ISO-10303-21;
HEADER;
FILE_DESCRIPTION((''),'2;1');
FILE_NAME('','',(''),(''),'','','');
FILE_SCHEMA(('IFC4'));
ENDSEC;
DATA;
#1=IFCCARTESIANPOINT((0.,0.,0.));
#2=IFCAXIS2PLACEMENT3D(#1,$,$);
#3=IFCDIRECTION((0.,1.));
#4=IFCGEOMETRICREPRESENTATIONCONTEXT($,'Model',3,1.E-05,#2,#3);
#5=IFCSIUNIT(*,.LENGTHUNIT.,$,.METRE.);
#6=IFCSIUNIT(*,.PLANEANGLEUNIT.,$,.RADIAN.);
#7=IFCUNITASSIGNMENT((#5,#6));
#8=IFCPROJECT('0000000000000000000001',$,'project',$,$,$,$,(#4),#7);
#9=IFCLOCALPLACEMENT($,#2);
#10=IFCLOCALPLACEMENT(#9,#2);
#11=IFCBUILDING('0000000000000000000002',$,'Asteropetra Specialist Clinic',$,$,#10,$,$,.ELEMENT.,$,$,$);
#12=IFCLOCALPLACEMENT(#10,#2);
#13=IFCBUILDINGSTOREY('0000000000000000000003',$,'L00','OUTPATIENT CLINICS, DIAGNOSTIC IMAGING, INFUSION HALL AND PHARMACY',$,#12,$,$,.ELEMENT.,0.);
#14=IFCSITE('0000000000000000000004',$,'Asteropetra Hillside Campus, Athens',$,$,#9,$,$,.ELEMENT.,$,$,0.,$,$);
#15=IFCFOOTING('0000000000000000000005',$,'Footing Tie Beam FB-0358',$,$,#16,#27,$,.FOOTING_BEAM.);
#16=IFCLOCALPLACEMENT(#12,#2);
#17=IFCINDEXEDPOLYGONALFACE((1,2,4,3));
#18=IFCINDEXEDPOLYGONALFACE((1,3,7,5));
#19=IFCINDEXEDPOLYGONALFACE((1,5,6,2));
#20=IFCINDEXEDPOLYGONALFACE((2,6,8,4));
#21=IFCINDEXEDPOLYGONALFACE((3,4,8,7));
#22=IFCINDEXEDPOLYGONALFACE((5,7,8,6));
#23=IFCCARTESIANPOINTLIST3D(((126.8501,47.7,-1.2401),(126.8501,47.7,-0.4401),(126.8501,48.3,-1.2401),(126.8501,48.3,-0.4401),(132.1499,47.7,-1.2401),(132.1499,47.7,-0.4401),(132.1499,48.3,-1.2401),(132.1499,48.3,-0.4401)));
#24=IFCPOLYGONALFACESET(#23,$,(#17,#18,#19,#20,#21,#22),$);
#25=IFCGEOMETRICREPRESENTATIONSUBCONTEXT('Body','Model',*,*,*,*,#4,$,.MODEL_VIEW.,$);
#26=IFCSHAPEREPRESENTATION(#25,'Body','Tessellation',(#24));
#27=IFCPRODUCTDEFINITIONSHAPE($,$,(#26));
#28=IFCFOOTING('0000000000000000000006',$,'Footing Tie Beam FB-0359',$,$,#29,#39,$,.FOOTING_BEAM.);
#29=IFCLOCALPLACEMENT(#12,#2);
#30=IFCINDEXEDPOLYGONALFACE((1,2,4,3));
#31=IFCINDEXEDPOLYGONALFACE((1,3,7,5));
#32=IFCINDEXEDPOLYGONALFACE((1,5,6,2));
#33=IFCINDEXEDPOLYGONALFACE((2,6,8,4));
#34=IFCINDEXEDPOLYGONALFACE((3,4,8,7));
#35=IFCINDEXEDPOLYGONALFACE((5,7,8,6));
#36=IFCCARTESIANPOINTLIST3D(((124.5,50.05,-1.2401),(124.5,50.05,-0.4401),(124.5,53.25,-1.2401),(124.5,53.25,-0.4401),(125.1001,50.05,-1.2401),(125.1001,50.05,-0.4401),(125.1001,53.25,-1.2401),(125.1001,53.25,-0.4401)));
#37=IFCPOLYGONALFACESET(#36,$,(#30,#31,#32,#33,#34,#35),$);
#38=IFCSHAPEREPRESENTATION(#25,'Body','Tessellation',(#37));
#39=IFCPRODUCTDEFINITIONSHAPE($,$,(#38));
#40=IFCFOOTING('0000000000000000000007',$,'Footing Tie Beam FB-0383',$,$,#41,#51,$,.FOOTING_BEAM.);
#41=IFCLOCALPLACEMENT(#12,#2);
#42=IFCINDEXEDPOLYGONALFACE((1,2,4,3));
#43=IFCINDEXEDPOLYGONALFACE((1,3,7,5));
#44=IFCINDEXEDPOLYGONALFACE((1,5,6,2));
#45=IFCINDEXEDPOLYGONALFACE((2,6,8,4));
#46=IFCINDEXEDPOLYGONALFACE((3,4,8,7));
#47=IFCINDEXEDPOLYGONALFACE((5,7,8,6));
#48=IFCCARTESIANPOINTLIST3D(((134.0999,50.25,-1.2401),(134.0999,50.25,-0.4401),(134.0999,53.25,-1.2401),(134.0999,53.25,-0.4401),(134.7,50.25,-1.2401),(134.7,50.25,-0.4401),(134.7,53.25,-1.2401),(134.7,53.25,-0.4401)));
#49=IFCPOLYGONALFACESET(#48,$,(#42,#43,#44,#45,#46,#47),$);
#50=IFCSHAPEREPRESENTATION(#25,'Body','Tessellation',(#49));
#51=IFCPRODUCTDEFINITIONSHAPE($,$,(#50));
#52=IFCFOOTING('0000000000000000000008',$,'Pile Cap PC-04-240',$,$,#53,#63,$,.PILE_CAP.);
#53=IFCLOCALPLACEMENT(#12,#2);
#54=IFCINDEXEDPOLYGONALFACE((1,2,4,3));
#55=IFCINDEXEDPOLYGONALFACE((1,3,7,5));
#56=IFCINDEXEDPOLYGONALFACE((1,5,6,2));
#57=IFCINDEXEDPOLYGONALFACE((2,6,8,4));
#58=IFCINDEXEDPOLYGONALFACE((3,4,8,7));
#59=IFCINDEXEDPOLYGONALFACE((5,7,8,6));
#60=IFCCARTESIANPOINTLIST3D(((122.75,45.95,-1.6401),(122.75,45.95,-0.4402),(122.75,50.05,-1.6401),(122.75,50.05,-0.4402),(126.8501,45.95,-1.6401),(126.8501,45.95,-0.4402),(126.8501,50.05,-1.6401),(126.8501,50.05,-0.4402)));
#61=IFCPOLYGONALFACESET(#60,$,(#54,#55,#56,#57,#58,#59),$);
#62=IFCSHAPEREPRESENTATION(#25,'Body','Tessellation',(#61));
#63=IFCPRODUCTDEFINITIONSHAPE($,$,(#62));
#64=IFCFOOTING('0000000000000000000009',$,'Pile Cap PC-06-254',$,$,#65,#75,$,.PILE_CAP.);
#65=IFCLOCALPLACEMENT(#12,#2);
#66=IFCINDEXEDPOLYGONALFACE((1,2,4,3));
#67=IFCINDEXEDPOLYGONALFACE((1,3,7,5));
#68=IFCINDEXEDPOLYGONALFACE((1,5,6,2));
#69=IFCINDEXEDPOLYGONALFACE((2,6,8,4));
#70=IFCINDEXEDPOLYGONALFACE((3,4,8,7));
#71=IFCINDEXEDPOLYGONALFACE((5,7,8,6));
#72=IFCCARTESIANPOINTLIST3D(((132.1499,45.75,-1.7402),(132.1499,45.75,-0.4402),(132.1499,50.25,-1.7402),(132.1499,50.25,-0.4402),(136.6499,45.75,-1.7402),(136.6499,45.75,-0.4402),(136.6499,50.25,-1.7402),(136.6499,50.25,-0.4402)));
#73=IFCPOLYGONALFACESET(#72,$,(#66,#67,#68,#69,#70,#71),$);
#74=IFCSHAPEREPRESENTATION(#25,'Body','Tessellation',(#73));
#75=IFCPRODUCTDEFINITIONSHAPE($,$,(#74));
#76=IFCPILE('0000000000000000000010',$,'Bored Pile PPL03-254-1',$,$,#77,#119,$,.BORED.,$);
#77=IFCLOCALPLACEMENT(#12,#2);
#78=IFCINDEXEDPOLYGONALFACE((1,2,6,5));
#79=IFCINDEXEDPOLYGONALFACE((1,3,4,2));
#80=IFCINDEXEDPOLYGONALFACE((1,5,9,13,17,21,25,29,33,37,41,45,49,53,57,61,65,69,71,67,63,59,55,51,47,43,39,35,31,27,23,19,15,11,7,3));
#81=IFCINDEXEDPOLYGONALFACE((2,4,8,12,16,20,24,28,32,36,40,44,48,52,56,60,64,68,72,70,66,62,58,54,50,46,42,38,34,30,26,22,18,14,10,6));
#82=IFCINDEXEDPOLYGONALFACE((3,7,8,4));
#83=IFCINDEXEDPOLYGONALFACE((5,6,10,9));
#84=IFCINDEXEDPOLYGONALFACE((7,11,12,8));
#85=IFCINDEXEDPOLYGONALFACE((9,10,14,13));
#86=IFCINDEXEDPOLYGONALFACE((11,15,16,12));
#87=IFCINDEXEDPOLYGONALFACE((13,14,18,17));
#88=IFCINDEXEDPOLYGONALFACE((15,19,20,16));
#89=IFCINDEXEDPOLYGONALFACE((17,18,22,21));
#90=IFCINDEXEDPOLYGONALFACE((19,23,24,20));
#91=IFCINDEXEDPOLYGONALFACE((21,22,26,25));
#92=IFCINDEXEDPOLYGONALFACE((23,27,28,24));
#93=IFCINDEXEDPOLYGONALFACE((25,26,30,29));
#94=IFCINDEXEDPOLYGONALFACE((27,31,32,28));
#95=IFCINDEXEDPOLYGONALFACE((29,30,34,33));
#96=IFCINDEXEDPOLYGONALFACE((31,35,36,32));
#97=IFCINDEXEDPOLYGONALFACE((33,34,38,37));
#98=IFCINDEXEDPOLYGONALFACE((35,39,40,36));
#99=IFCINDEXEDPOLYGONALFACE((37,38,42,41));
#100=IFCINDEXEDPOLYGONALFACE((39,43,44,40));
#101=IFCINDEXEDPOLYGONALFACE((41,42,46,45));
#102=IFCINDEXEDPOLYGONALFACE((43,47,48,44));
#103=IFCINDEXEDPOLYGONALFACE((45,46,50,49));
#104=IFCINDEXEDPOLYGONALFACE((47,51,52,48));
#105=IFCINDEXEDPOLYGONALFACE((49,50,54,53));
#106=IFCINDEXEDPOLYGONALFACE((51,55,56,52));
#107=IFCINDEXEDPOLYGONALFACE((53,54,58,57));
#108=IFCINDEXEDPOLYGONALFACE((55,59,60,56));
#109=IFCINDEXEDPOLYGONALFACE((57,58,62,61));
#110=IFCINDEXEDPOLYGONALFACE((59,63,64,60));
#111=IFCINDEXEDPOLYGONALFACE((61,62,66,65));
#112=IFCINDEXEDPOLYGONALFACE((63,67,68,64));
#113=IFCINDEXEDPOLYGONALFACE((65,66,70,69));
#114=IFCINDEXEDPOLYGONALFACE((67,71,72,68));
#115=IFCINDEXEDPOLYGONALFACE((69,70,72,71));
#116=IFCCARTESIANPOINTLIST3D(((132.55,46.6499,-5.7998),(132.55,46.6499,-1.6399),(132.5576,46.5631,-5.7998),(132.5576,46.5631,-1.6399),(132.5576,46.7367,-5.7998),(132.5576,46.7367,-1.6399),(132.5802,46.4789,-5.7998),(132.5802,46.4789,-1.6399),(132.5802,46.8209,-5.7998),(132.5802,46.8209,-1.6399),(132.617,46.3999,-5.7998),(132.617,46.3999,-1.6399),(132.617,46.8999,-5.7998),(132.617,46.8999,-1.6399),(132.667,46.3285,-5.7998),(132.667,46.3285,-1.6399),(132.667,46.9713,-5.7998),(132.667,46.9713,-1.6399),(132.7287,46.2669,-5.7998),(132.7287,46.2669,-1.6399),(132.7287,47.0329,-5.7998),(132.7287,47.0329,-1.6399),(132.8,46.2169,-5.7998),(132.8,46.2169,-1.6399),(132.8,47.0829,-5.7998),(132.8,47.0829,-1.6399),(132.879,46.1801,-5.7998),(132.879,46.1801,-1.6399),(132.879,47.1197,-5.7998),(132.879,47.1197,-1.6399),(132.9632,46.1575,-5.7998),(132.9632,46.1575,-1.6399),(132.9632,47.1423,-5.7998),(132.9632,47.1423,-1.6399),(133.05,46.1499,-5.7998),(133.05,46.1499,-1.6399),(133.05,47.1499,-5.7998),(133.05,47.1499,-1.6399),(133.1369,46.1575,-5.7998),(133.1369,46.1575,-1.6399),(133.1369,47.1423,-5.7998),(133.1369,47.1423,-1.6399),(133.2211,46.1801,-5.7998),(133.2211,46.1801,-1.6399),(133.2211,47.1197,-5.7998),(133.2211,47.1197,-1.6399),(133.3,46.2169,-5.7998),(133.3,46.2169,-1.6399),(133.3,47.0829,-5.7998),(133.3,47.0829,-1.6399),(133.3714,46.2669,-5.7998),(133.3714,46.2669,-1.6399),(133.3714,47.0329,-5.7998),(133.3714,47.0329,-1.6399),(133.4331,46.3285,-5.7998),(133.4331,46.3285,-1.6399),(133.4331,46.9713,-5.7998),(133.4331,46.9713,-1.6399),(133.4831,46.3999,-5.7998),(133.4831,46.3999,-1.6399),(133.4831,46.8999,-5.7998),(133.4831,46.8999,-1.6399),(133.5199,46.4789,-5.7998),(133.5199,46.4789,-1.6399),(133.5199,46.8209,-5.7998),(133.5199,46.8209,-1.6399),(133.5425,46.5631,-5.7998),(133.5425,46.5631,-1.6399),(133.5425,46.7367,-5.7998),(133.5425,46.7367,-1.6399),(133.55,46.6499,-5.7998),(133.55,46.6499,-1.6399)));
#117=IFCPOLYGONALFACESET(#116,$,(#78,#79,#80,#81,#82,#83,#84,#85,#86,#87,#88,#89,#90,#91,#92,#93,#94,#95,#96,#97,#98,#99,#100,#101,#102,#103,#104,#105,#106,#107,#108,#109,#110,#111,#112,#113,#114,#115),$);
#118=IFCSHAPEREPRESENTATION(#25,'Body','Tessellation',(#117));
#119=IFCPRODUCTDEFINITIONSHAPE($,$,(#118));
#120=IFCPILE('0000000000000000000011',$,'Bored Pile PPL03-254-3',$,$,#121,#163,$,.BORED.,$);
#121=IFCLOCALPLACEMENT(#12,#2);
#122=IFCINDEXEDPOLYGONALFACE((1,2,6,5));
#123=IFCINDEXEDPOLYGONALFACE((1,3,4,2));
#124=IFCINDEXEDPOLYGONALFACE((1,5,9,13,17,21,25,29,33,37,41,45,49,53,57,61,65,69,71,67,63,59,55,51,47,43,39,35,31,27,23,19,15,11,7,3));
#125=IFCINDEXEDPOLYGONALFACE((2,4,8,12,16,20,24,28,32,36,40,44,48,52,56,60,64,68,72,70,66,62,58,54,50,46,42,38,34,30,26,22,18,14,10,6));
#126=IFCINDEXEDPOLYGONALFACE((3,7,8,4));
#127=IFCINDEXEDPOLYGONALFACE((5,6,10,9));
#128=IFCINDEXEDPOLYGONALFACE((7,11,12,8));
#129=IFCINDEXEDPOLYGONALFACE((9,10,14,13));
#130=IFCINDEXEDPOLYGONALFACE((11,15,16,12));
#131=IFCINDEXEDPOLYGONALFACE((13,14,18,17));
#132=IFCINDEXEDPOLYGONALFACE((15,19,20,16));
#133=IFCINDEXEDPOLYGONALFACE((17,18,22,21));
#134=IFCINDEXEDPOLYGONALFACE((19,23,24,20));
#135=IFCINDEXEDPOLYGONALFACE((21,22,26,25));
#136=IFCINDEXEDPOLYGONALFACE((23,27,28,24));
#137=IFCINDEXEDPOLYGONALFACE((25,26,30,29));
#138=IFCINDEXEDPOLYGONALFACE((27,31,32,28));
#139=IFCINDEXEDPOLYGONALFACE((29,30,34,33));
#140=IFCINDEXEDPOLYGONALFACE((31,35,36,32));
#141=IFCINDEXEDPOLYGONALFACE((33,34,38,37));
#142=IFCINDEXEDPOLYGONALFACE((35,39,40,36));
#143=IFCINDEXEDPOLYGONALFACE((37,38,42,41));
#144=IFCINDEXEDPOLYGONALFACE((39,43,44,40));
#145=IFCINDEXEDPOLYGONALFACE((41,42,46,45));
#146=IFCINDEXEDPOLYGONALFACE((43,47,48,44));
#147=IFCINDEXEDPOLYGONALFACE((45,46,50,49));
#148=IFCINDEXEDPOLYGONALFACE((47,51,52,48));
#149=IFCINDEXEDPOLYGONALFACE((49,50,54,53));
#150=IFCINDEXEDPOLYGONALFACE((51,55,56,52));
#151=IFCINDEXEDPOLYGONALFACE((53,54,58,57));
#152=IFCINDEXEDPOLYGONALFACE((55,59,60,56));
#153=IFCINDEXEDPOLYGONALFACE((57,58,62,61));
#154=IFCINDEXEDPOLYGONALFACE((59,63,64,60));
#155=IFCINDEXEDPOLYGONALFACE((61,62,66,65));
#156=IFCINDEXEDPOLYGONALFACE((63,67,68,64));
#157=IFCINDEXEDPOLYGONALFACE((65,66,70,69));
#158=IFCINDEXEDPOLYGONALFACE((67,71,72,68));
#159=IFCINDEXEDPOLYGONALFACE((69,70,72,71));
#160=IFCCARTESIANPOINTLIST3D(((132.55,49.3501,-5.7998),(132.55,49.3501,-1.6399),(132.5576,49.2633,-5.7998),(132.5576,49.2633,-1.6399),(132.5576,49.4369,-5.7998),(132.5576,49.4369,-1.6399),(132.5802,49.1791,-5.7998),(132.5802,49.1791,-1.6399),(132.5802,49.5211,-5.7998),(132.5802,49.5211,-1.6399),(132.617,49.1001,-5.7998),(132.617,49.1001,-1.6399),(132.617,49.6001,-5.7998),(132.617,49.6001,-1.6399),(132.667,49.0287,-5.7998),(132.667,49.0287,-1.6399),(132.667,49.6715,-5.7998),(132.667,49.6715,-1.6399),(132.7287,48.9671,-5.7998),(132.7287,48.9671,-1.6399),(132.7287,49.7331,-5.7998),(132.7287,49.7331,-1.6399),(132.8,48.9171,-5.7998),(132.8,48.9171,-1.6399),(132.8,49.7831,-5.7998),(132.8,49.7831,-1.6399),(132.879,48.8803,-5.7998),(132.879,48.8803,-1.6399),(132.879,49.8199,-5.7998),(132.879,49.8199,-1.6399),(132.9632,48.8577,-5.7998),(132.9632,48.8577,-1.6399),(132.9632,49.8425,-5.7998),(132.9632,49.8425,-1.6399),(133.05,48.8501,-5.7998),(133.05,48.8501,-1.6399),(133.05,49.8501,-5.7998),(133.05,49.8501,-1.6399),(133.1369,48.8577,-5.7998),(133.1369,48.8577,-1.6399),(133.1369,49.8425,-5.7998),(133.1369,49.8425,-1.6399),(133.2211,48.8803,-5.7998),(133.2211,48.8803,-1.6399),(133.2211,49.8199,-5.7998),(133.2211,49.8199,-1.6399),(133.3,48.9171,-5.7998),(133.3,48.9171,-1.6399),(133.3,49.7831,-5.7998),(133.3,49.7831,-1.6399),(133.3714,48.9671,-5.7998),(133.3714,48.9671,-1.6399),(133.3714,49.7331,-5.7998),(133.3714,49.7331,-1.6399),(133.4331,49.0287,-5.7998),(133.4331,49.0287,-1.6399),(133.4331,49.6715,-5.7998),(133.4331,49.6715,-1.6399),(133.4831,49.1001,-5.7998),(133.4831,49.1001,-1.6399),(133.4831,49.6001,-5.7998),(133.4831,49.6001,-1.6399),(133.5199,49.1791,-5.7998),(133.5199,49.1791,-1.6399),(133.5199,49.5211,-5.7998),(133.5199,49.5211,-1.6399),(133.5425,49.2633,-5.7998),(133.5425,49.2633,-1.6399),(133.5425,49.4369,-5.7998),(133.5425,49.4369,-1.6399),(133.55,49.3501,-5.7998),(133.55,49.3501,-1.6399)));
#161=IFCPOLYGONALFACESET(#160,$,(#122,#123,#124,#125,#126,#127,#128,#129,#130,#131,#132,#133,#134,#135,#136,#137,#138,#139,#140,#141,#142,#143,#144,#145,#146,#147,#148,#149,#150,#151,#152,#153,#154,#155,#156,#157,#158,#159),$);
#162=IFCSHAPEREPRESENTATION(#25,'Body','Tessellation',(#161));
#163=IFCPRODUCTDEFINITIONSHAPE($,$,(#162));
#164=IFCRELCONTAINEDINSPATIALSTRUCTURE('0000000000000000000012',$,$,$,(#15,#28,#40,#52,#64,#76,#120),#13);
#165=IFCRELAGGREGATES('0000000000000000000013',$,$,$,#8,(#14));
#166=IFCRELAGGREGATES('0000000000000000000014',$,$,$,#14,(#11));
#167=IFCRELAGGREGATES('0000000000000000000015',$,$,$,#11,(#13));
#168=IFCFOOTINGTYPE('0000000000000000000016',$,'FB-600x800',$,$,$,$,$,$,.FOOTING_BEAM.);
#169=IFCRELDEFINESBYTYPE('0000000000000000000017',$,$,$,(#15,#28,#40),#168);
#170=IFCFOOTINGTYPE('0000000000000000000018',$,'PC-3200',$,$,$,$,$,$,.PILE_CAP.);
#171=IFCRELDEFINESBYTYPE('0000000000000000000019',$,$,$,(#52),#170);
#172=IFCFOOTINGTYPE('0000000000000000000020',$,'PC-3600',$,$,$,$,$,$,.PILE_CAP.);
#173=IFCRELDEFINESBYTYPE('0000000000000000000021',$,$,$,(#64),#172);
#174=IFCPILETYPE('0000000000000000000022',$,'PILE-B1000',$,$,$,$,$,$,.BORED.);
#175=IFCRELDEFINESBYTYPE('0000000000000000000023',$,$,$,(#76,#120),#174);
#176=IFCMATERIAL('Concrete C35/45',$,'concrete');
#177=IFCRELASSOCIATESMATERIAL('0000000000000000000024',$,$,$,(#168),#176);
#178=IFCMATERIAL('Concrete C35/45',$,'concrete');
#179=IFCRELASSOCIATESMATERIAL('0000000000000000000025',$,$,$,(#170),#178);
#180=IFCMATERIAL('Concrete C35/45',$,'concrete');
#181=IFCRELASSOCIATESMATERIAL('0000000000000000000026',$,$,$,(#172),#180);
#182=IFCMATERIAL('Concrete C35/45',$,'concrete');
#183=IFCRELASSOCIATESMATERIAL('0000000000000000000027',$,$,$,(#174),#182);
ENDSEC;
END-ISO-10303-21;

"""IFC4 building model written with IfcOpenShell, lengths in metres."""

from ifc_helpers import new_model, si_unit, direction, frame, origin, origin_2d, place, context, subcontext, project, spatial, rectangle, circle, extrude, material, material_profile, profile_set, type_object, element, save


model = new_model("IFC4")

# Units and contexts
model_context = context("Model", 3, precision=1e-05, world=origin(), true_north=direction((0.0, 1.0)))
body_context = subcontext(model_context, "Body", "Model", "MODEL_VIEW")
ifc_project = project(units=[si_unit("LENGTHUNIT", "METRE"), si_unit("PLANEANGLEUNIT", "RADIAN")], contexts=[model_context])

# Site, building, storey
site_placement = place(None, origin())
site = spatial("IfcSite", under=ifc_project, at=site_placement, Name="Asteropetra Hillside Campus, Athens", CompositionType="ELEMENT", RefElevation=0.0)
building_placement = place(site_placement, origin())
building = spatial("IfcBuilding", under=site, at=building_placement, Name="Asteropetra Specialist Clinic", CompositionType="ELEMENT")
storey_placement = place(building_placement, origin())
storey = spatial("IfcBuildingStorey", under=building, at=storey_placement, Name="L00", Description="OUTPATIENT CLINICS, DIAGNOSTIC IMAGING, INFUSION HALL AND PHARMACY", CompositionType="ELEMENT", Elevation=0.0)

# Footings
ifc_material_1 = material(Name="Concrete C35/45", Category="concrete")
ifc_material_profile_1 = material_profile(ifc_material_1, rectangle(XDim=0.6001, YDim=0.8, at=origin_2d()), Name="FB 600x800")
ifc_profile_set_1 = profile_set([ifc_material_profile_1], Name="Concrete C35/45")
footing_type_1 = type_object("IfcFootingType", Name="FB-600x800", PredefinedType="FOOTING_BEAM", material=ifc_profile_set_1)
footing_1_placement = place(storey_placement, frame((126.8501, 48.0, -0.8401), z_axis=(1.0, 0.0, 0.0), x_axis=(0.0, 1.0, 0.0)))
element("IfcFooting", 1, at=footing_1_placement, inside=storey, type_object=footing_type_1, Name="Footing Tie Beam FB-0358", PredefinedType="FOOTING_BEAM", context=body_context, shape_type="SweptSolid", body=[
    extrude(rectangle(XDim=0.6001, YDim=0.8, at=origin_2d()), origin(), (0.0, 0.0, 1.0), 5.2998),
])
footing_2_placement = place(storey_placement, frame((124.8, 50.05, -0.8401), z_axis=(0.0, 1.0, 0.0), x_axis=(-1.0, 0.0, 0.0)))
element("IfcFooting", 2, at=footing_2_placement, inside=storey, type_object=footing_type_1, Name="Footing Tie Beam FB-0359", PredefinedType="FOOTING_BEAM", context=body_context, shape_type="SweptSolid", body=[
    extrude(rectangle(XDim=0.6001, YDim=0.8, at=origin_2d()), origin(), (0.0, 0.0, 1.0), 3.2),
])
footing_3_placement = place(storey_placement, frame((134.3999, 50.25, -0.8401), z_axis=(0.0, 1.0, 0.0), x_axis=(-1.0, 0.0, 0.0)))
element("IfcFooting", 3, at=footing_3_placement, inside=storey, type_object=footing_type_1, Name="Footing Tie Beam FB-0383", PredefinedType="FOOTING_BEAM", context=body_context, shape_type="SweptSolid", body=[
    extrude(rectangle(XDim=0.6001, YDim=0.8, at=origin_2d()), origin(), (0.0, 0.0, 1.0), 3.0),
])
ifc_material_2 = material(Name="Concrete C35/45", Category="concrete")
footing_type_2 = type_object("IfcFootingType", Name="PC-3200", PredefinedType="PILE_CAP", material=ifc_material_2)
footing_4_placement = place(storey_placement, frame((124.8, 48.0, -1.6401), z_axis=(0.0, 0.0, 1.0), x_axis=(1.0, 0.0, 0.0)))
element("IfcFooting", 4, at=footing_4_placement, inside=storey, type_object=footing_type_2, Name="Pile Cap PC-04-240", PredefinedType="PILE_CAP", context=body_context, shape_type="SweptSolid", body=[
    extrude(rectangle(XDim=4.1001, YDim=4.1001, at=origin_2d()), origin(), (0.0, 0.0, 1.0), 1.2),
])
ifc_material_3 = material(Name="Concrete C35/45", Category="concrete")
footing_type_3 = type_object("IfcFootingType", Name="PC-3600", PredefinedType="PILE_CAP", material=ifc_material_3)
footing_5_placement = place(storey_placement, frame((134.3999, 48.0, -1.7402), z_axis=(0.0, 0.0, 1.0), x_axis=(1.0, 0.0, 0.0)))
element("IfcFooting", 5, at=footing_5_placement, inside=storey, type_object=footing_type_3, Name="Pile Cap PC-06-254", PredefinedType="PILE_CAP", context=body_context, shape_type="SweptSolid", body=[
    extrude(rectangle(XDim=4.5, YDim=4.5, at=origin_2d()), origin(), (0.0, 0.0, 1.0), 1.3),
])

# Piles
ifc_material_4 = material(Name="Concrete C35/45", Category="concrete")
ifc_material_profile_2 = material_profile(ifc_material_4, circle(Radius=0.5, at=origin_2d()), Name="PILE D1000")
ifc_profile_set_2 = profile_set([ifc_material_profile_2], Name="Concrete C35/45")
pile_type_1 = type_object("IfcPileType", Name="PILE-B1000", PredefinedType="BORED", material=ifc_profile_set_2)
for number, where, z_axis, x_axis, name in (
    (6, (133.05, 46.6499, -1.6399), (0.0, 0.0, -1.0), (1.0, 0.0, 0.0), "Bored Pile PPL03-254-1"),
    (7, (133.05, 49.3501, -1.6399), (0.0, 0.0, -1.0), (1.0, 0.0, 0.0), "Bored Pile PPL03-254-3"),
):
    element("IfcPile", number, at=place(storey_placement, frame(where, z_axis=z_axis, x_axis=x_axis)), inside=storey, type_object=pile_type_1, Name=name, PredefinedType="BORED", context=body_context, shape_type="SweptSolid", body=[
        extrude(circle(Radius=0.5, at=origin_2d()), origin(), (0.0, 0.0, 1.0), 4.1599),
    ])

save(model, "model.ifc")
